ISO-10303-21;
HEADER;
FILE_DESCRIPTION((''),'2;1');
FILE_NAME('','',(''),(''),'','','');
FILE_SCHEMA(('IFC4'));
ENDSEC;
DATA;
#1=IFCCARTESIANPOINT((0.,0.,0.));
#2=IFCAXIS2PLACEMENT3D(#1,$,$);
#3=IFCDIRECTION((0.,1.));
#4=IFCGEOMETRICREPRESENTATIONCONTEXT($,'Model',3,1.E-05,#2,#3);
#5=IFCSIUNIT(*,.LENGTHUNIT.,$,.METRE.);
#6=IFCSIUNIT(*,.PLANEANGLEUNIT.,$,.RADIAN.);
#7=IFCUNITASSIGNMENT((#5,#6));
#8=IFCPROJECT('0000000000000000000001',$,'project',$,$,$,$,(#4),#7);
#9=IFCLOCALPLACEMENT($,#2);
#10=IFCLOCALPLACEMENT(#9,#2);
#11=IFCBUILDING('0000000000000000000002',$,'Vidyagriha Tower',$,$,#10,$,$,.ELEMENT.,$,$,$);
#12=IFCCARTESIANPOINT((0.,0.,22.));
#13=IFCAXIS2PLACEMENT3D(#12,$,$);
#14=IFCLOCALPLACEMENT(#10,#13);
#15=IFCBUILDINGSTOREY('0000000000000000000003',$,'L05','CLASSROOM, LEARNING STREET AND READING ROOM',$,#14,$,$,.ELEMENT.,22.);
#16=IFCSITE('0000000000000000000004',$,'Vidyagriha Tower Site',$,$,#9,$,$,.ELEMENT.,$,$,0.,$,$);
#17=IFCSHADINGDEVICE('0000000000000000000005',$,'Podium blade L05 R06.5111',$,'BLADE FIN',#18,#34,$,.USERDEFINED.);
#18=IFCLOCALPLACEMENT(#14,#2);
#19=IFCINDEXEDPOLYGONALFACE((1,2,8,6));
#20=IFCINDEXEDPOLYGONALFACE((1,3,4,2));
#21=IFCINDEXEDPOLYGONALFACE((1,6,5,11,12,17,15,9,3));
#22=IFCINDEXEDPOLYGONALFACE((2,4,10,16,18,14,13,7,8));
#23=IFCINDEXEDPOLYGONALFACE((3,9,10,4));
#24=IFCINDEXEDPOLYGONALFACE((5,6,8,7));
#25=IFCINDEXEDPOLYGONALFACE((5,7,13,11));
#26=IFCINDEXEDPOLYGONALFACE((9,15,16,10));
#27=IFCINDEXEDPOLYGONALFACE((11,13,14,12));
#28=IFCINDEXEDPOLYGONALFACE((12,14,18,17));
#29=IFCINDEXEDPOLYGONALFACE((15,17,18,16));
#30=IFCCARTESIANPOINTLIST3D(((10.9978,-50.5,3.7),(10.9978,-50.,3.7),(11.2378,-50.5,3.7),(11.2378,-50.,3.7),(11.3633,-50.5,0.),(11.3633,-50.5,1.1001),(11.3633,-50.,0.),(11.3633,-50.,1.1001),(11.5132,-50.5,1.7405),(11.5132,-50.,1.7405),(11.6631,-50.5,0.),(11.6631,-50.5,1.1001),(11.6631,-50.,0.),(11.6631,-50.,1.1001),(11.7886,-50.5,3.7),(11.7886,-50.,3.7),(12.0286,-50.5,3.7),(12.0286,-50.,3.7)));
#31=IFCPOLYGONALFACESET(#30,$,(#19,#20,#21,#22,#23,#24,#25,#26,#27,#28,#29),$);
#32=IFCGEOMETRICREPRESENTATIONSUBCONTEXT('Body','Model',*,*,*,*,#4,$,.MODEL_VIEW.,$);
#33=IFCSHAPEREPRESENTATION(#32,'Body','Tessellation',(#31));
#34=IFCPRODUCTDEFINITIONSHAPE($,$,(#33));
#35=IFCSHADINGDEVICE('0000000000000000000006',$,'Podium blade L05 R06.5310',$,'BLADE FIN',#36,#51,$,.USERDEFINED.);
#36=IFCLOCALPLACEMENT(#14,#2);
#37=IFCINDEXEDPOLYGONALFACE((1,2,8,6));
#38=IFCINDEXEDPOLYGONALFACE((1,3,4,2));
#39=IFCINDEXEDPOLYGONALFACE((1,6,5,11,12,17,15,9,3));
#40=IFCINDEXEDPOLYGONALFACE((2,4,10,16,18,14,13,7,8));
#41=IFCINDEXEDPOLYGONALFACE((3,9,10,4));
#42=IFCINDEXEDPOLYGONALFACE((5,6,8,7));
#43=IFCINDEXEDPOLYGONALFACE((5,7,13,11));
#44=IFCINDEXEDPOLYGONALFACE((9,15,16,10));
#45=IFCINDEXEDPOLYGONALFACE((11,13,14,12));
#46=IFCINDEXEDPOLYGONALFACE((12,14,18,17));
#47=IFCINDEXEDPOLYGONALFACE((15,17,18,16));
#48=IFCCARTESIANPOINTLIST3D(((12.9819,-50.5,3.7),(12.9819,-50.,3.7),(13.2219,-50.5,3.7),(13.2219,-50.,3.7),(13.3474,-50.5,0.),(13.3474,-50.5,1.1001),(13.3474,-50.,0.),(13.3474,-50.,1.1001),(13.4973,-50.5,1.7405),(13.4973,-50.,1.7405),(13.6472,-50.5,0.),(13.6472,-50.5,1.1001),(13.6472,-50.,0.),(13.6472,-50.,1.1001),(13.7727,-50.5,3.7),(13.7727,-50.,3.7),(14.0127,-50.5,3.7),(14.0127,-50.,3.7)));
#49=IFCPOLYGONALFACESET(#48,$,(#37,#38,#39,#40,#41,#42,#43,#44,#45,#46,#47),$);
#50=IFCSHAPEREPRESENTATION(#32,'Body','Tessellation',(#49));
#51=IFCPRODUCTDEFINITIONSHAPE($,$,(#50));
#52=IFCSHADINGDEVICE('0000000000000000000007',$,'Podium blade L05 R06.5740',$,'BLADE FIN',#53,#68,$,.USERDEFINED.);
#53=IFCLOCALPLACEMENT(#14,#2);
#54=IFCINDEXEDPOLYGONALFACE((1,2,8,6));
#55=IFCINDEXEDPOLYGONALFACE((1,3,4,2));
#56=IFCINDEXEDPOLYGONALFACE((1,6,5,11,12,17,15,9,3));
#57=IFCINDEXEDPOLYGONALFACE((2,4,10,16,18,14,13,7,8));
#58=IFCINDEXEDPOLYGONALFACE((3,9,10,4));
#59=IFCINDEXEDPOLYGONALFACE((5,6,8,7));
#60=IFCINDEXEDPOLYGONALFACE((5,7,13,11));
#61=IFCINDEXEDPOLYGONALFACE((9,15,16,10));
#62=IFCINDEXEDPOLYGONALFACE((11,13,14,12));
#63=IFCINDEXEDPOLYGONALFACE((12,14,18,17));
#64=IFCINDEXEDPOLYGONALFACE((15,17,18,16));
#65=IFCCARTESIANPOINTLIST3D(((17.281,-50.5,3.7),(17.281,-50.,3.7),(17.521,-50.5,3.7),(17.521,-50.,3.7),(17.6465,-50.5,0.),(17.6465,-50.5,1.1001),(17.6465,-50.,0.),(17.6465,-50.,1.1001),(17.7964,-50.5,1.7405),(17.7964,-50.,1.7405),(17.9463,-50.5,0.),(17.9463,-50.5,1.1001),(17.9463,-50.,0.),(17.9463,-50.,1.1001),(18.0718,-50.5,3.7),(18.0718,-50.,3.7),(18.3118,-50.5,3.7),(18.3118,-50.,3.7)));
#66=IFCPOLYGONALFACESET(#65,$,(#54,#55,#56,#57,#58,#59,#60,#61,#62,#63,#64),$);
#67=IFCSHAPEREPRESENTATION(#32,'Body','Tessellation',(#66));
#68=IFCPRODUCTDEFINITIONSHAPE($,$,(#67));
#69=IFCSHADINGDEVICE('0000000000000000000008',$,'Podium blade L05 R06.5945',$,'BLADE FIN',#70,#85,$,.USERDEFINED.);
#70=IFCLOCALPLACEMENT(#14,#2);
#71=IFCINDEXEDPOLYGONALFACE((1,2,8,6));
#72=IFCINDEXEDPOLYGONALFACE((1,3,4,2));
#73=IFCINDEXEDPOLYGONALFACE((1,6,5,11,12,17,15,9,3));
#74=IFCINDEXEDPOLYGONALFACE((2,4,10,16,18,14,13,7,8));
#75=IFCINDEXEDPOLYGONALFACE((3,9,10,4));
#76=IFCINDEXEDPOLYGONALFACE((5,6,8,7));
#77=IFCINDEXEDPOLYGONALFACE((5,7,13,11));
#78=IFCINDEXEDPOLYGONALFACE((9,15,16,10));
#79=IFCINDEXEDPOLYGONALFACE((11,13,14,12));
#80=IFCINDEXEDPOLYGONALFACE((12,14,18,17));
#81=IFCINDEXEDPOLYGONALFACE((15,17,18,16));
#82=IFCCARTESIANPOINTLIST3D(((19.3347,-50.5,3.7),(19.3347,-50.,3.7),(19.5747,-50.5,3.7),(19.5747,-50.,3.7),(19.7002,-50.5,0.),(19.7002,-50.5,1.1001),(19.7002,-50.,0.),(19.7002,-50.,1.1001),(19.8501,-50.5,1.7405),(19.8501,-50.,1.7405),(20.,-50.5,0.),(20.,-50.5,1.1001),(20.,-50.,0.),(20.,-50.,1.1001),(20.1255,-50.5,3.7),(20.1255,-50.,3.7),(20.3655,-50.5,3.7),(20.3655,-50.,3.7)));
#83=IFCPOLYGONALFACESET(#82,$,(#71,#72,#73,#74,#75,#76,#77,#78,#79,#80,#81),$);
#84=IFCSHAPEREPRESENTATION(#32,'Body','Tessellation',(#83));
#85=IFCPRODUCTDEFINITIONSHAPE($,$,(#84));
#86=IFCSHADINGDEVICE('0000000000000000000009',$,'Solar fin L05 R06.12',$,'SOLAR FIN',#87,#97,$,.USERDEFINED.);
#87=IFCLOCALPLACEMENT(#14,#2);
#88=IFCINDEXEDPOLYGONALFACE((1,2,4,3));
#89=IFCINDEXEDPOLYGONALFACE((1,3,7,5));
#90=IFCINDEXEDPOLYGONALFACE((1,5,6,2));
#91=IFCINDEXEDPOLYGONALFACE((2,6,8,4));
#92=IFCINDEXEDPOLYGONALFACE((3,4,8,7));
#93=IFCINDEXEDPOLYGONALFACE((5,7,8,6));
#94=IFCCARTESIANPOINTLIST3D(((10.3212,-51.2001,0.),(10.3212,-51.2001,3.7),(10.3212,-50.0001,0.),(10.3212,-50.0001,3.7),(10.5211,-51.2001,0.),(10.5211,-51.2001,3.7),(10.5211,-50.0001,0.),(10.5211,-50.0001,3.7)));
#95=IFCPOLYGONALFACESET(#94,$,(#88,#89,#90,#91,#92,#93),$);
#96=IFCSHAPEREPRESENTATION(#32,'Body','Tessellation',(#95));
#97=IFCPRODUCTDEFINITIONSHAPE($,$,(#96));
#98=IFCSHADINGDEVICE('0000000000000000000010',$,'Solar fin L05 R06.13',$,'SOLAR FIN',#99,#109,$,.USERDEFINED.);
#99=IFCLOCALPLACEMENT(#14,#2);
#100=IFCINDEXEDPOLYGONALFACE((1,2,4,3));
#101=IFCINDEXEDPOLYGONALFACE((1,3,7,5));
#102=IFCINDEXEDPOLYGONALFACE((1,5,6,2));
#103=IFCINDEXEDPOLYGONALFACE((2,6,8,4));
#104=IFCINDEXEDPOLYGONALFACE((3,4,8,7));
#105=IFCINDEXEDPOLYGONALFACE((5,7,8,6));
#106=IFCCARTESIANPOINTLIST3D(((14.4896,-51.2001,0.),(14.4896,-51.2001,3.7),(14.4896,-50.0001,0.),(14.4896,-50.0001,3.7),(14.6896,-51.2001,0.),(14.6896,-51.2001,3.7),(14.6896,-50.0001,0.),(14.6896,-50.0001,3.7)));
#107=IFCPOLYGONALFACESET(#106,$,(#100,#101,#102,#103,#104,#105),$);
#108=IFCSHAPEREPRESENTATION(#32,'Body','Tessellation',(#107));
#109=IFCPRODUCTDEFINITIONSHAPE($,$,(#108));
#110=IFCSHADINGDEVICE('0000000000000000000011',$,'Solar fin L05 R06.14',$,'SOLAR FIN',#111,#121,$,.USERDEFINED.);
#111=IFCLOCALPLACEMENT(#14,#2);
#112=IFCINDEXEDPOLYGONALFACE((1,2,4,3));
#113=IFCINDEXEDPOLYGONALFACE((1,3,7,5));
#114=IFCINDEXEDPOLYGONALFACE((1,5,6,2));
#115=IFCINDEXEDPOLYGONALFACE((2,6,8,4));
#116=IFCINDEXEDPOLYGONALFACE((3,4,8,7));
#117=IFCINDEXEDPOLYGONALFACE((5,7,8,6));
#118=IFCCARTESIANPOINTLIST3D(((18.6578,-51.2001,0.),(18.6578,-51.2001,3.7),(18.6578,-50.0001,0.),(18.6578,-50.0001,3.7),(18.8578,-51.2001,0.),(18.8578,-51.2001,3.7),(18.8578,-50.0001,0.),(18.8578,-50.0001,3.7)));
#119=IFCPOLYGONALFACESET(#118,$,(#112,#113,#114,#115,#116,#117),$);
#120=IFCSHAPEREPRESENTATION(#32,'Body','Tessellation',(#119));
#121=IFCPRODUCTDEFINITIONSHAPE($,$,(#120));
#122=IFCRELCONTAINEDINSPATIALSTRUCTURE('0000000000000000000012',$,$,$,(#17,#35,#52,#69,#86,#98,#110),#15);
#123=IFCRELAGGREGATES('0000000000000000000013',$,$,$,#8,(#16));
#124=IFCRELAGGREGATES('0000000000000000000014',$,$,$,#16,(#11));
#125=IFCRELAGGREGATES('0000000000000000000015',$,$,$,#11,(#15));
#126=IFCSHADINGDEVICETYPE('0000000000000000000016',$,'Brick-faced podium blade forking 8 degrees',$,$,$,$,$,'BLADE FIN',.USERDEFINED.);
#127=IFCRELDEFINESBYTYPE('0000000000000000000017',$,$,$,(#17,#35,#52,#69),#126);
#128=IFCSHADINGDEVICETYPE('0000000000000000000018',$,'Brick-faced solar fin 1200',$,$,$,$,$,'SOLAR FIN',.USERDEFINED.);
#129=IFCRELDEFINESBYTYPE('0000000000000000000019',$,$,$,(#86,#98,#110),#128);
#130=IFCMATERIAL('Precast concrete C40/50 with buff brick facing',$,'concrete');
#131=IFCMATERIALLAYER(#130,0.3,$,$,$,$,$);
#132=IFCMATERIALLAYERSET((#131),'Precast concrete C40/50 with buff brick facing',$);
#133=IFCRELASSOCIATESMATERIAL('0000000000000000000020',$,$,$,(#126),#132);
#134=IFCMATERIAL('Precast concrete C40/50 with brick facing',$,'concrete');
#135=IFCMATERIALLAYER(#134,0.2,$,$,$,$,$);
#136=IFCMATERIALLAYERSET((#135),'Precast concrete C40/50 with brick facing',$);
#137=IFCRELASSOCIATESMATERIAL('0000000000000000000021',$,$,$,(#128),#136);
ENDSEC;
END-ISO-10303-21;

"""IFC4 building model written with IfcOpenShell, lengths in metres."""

from ifc_helpers import new_model, si_unit, direction, frame, frame_2d, origin, place, context, subcontext, project, spatial, polyline, rectangle, outline, extrude, material, layer, layer_set, type_object, element, save


model = new_model("IFC4")

# Units and contexts
model_context = context("Model", 3, precision=1e-05, world=origin(), true_north=direction((0.0, 1.0)))
body_context = subcontext(model_context, "Body", "Model", "MODEL_VIEW")
ifc_project = project(units=[si_unit("LENGTHUNIT", "METRE"), si_unit("PLANEANGLEUNIT", "RADIAN")], contexts=[model_context])

# Site, building, storey
site_placement = place(None, origin())
site = spatial("IfcSite", under=ifc_project, at=site_placement, Name="Vidyagriha Tower Site", CompositionType="ELEMENT", RefElevation=0.0)
building_placement = place(site_placement, origin())
building = spatial("IfcBuilding", under=site, at=building_placement, Name="Vidyagriha Tower", CompositionType="ELEMENT")
storey_placement = place(building_placement, frame((0.0, 0.0, 22.0)))
storey = spatial("IfcBuildingStorey", under=building, at=storey_placement, Name="L05", Description="CLASSROOM, LEARNING STREET AND READING ROOM", CompositionType="ELEMENT", Elevation=22.0)

# Shading devices
ifc_material_1 = material(Name="Precast concrete C40/50 with buff brick facing", Category="concrete")
ifc_layer_1 = layer(ifc_material_1, 0.3)
ifc_layer_set_1 = layer_set([ifc_layer_1], Name="Precast concrete C40/50 with buff brick facing")
shading_device_type_1 = type_object("IfcShadingDeviceType", Name="Brick-faced podium blade forking 8 degrees", ElementType="BLADE FIN", PredefinedType="USERDEFINED", material=ifc_layer_set_1)
for number, where, name in (
    (1, (10.9978, -50.25, 0.0), "Podium blade L05 R06.5111"),
    (2, (12.9819, -50.25, 0.0), "Podium blade L05 R06.5310"),
    (3, (17.281, -50.25, 0.0), "Podium blade L05 R06.5740"),
    (4, (19.3347, -50.25, 0.0), "Podium blade L05 R06.5945"),
):
    element("IfcShadingDevice", number, at=place(storey_placement, frame(where)), inside=storey, type_object=shading_device_type_1, Name=name, ObjectType="BLADE FIN", PredefinedType="USERDEFINED", context=body_context, shape_type="SweptSolid", body=[
        extrude(outline(polyline([(0.6653, 0.0), (0.6653, 1.1001), (1.0308, 3.7), (0.7908, 3.7), (0.5154, 1.7405), (0.24, 3.7), (0.0, 3.7), (0.3655, 1.1001), (0.3655, 0.0), (0.6653, 0.0)])), frame((0.0, 0.25, 0.0), z_axis=(0.0, -1.0, 0.0), x_axis=(1.0, 0.0, 0.0)), (0.0, 0.0, 1.0), 0.5),
    ])
ifc_material_2 = material(Name="Precast concrete C40/50 with brick facing", Category="concrete")
ifc_layer_2 = layer(ifc_material_2, 0.2)
ifc_layer_set_2 = layer_set([ifc_layer_2], Name="Precast concrete C40/50 with brick facing")
shading_device_type_2 = type_object("IfcShadingDeviceType", Name="Brick-faced solar fin 1200", ElementType="SOLAR FIN", PredefinedType="USERDEFINED", material=ifc_layer_set_2)
for number, where, z_axis, x_axis, name in (
    (5, (10.4211, -50.0, 0.0), (0.0, 0.0, 1.0), (0.0, -1.0, 0.0), "Solar fin L05 R06.12"),
    (6, (14.5896, -50.0, 0.0), (0.0, 0.0, 1.0), (0.0, -1.0, 0.0), "Solar fin L05 R06.13"),
    (7, (18.7578, -50.0, 0.0), (0.0, 0.0, 1.0), (0.0, -1.0, 0.0), "Solar fin L05 R06.14"),
):
    element("IfcShadingDevice", number, at=place(storey_placement, frame(where, z_axis=z_axis, x_axis=x_axis)), inside=storey, type_object=shading_device_type_2, Name=name, ObjectType="SOLAR FIN", PredefinedType="USERDEFINED", context=body_context, shape_type="SweptSolid", body=[
        extrude(rectangle(XDim=1.2, YDim=0.2, at=frame_2d((0.6001, 0.0))), origin(), (0.0, 0.0, 1.0), 3.7),
    ])

save(model, "model.ifc")
